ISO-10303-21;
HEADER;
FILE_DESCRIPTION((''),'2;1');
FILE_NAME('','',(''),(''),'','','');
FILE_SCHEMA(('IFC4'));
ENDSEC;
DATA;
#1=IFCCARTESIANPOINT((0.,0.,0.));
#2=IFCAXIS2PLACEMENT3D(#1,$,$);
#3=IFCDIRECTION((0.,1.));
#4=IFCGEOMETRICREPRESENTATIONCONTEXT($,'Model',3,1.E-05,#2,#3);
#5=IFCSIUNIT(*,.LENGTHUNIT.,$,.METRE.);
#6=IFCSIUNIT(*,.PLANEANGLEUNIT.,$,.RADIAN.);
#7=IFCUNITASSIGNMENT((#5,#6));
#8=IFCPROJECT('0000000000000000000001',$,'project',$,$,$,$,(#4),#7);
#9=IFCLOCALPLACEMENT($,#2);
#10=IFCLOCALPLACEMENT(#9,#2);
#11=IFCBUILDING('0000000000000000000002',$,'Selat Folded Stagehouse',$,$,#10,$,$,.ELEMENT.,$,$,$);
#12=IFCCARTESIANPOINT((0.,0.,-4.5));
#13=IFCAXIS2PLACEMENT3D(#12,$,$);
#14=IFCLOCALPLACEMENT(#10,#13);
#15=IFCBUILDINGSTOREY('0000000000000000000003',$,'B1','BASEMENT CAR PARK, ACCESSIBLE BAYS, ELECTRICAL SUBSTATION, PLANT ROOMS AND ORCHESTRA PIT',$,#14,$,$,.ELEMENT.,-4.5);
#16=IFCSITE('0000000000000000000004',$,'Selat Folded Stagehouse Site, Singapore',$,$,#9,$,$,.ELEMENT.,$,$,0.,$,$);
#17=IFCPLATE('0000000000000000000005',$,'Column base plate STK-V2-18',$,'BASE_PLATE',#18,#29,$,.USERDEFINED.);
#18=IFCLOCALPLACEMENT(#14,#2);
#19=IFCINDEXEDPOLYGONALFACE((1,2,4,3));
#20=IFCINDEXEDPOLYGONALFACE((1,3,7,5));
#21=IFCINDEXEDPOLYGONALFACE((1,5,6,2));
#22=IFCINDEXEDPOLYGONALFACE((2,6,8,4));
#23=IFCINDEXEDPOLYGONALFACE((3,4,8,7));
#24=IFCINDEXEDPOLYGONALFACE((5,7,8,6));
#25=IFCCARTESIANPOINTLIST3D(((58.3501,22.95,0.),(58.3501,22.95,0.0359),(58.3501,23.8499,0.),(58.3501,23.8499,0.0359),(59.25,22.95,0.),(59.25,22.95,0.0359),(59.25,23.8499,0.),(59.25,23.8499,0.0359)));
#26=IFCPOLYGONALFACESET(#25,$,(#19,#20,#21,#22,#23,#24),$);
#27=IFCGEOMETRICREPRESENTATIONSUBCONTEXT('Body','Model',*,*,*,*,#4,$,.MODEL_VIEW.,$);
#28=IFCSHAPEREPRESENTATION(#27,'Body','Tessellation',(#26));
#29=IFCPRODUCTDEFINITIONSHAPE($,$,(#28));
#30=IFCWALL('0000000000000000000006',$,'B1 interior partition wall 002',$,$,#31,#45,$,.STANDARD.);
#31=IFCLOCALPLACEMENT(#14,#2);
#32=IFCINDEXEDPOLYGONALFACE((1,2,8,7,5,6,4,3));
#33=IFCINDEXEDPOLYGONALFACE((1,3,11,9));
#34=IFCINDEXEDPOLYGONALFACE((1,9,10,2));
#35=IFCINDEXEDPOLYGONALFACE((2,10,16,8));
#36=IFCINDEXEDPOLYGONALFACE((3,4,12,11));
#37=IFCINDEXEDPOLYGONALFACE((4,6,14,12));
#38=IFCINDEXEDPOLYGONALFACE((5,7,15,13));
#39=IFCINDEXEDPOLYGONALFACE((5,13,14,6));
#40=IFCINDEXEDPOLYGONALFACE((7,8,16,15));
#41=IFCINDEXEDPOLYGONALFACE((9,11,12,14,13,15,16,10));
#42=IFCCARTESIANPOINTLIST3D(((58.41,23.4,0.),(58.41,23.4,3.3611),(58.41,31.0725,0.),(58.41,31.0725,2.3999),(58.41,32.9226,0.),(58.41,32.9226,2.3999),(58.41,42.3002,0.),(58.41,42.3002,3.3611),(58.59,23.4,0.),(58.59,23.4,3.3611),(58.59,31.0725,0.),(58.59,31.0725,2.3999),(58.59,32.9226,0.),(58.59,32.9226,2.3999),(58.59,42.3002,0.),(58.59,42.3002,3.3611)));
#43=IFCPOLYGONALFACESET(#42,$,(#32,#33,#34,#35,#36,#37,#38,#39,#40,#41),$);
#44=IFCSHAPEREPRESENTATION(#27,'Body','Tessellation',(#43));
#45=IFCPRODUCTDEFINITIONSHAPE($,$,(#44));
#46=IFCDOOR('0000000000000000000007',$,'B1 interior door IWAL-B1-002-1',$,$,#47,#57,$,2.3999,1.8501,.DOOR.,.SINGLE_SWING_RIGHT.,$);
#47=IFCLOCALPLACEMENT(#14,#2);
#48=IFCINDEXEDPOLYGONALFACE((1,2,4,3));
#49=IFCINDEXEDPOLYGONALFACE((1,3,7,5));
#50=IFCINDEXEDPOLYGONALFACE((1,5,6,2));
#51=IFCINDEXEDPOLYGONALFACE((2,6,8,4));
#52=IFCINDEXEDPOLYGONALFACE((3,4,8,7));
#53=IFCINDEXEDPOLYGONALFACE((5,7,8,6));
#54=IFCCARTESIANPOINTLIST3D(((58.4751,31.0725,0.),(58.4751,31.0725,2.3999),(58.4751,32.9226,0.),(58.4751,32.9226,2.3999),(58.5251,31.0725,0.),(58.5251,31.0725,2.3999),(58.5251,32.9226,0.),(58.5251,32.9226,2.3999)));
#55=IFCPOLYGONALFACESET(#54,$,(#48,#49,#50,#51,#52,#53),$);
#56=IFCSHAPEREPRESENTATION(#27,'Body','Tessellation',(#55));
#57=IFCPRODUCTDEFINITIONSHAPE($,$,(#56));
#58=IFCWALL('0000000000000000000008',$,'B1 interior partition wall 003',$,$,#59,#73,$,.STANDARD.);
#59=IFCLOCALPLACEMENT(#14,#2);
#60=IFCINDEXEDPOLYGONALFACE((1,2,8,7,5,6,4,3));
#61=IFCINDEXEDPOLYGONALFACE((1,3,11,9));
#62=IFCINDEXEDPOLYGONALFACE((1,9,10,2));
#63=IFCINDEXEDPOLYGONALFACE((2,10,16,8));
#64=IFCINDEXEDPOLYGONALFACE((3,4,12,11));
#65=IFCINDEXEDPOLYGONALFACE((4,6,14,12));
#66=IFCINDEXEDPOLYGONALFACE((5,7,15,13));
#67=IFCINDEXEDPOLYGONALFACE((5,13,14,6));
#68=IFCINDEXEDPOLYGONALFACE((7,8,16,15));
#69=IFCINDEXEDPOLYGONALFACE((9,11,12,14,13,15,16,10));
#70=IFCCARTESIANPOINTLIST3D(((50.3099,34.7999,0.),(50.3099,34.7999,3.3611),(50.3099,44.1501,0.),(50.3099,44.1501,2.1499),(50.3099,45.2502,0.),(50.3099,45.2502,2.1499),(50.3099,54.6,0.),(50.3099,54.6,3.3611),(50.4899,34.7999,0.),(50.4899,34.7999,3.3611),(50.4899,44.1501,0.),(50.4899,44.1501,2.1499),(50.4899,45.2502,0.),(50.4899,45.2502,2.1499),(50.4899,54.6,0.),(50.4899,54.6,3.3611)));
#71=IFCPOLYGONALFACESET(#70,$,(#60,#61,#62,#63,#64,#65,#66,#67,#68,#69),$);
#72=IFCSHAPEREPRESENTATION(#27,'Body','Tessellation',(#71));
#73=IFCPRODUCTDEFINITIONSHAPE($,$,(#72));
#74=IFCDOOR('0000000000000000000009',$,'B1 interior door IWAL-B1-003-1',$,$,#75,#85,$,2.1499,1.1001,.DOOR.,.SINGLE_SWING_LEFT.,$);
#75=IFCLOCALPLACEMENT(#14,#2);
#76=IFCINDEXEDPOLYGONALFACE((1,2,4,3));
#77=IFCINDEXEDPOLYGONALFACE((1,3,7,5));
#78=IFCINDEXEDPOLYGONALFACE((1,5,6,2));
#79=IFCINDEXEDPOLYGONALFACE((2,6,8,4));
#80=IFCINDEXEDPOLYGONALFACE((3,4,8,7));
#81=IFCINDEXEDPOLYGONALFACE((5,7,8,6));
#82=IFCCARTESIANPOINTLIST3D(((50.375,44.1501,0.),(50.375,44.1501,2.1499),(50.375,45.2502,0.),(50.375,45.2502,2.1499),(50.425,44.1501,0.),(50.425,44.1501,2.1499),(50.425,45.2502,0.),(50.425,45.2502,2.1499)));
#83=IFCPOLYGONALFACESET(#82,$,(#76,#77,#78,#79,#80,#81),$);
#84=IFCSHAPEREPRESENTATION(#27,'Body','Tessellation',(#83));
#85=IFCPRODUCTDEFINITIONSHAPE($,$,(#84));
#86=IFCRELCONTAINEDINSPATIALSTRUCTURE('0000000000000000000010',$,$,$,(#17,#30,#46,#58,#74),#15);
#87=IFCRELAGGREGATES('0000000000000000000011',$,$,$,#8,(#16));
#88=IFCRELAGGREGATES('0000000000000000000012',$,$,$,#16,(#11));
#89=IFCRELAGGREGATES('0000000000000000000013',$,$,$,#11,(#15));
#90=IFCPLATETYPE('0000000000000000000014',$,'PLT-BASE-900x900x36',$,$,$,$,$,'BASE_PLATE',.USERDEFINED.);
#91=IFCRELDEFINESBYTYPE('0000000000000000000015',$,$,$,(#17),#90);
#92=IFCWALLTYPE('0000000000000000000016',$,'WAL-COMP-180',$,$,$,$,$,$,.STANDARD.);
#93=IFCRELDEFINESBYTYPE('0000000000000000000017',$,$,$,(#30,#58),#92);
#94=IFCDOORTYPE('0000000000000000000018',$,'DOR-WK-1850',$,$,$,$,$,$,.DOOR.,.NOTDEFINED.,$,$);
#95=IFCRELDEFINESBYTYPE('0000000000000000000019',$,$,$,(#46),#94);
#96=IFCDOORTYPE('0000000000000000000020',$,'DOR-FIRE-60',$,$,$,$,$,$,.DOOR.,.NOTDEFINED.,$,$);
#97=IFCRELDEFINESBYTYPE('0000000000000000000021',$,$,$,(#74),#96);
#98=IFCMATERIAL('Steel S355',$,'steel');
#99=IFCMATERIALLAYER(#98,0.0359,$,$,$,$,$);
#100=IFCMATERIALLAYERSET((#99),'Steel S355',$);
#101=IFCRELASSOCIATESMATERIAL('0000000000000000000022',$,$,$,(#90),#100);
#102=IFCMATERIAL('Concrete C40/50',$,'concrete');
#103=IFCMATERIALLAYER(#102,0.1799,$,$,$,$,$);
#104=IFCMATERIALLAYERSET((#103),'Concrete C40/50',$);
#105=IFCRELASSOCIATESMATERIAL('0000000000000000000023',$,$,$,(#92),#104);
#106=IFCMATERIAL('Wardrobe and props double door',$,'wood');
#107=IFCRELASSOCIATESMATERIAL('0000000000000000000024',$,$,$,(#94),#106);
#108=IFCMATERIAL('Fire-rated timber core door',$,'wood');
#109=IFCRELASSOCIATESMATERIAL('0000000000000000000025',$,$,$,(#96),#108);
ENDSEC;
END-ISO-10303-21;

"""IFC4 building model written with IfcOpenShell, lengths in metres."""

from ifc_helpers import new_model, si_unit, direction, frame, frame_2d, origin, origin_2d, place, context, subcontext, project, spatial, rectangle, extrude, material, layer, layer_set, type_object, element, fill, save


model = new_model("IFC4")

# Units and contexts
model_context = context("Model", 3, precision=1e-05, world=origin(), true_north=direction((0.0, 1.0)))
body_context = subcontext(model_context, "Body", "Model", "MODEL_VIEW")
ifc_project = project(units=[si_unit("LENGTHUNIT", "METRE"), si_unit("PLANEANGLEUNIT", "RADIAN")], contexts=[model_context])

# Site, building, storey
site_placement = place(None, origin())
site = spatial("IfcSite", under=ifc_project, at=site_placement, Name="Selat Folded Stagehouse Site, Singapore", CompositionType="ELEMENT", RefElevation=0.0)
building_placement = place(site_placement, origin())
building = spatial("IfcBuilding", under=site, at=building_placement, Name="Selat Folded Stagehouse", CompositionType="ELEMENT")
storey_placement = place(building_placement, frame((0.0, 0.0, -4.5)))
storey = spatial("IfcBuildingStorey", under=building, at=storey_placement, Name="B1", Description="BASEMENT CAR PARK, ACCESSIBLE BAYS, ELECTRICAL SUBSTATION, PLANT ROOMS AND ORCHESTRA PIT", CompositionType="ELEMENT", Elevation=-4.5)

# Shared definitions
ifc_material_1 = material(Name="Concrete C40/50", Category="concrete")

# Shared definitions
ifc_material_2 = material(Name="Steel S355", Category="steel")

# Plate
ifc_layer_1 = layer(ifc_material_2, 0.0359)
ifc_layer_set_1 = layer_set([ifc_layer_1], Name="Steel S355")
plate_type = type_object("IfcPlateType", Name="PLT-BASE-900x900x36", ElementType="BASE_PLATE", PredefinedType="USERDEFINED", material=ifc_layer_set_1)
plate_placement = place(storey_placement, frame((58.8, 23.3999, 0.0), z_axis=(0.0, 0.0, 1.0), x_axis=(1.0, 0.0, 0.0)))
element("IfcPlate", 1, at=plate_placement, inside=storey, type_object=plate_type, Name="Column base plate STK-V2-18", ObjectType="BASE_PLATE", PredefinedType="USERDEFINED", context=body_context, shape_type="SweptSolid", body=[
    extrude(rectangle(XDim=0.8999, YDim=0.8999, at=origin_2d()), origin(), (0.0, 0.0, 1.0), 0.0359),
])

# Walls, openings, doors
ifc_layer_2 = layer(ifc_material_1, 0.1799)
ifc_layer_set_2 = layer_set([ifc_layer_2], Name="Concrete C40/50")
wall_type = type_object("IfcWallType", Name="WAL-COMP-180", PredefinedType="STANDARD", material=ifc_layer_set_2)
wall_1_placement = place(storey_placement, frame((58.5, 23.3999, 0.0), z_axis=(0.0, 0.0, 1.0), x_axis=(0.0, 1.0, 0.0)))
wall_1 = element("IfcWall", 2, at=wall_1_placement, inside=storey, type_object=wall_type, Name="B1 interior partition wall 002", PredefinedType="STANDARD", context=body_context, shape_type="SweptSolid", body=[
    extrude(rectangle(XDim=18.9001, YDim=0.1799, at=frame_2d((9.4502, 0.0))), origin(), (0.0, 0.0, 1.0), 3.3611),
])
opening_1_placement = place(wall_1_placement, frame((7.6726, 0.0, 0.0)))
opening_1 = element("IfcOpeningElement", 3, at=opening_1_placement, cuts=wall_1, PredefinedType="OPENING", context=body_context, shape_type="SweptSolid", body=[
    extrude(rectangle(XDim=1.8501, YDim=2.3999, at=frame_2d((0.925, 1.2))), frame((0.0, 0.0999, 0.0), z_axis=(0.0, -1.0, 0.0), x_axis=(1.0, 0.0, 0.0)), (0.0, 0.0, 1.0), 0.2),
])
ifc_material_3 = material(Name="Wardrobe and props double door", Category="wood")
door_type_1 = type_object("IfcDoorType", Name="DOR-WK-1850", OperationType="NOTDEFINED", PredefinedType="DOOR", material=ifc_material_3)
door_1_placement = place(opening_1_placement, origin())
door_1 = element("IfcDoor", 4, at=door_1_placement, inside=storey, type_object=door_type_1, Name="B1 interior door IWAL-B1-002-1", OperationType="SINGLE_SWING_RIGHT", OverallHeight=2.3999, OverallWidth=1.8501, PredefinedType="DOOR", context=body_context, shape_type="SweptSolid", body=[
    extrude(rectangle(XDim=1.8501, YDim=2.3999, at=frame_2d((0.925, 1.2))), frame((0.0, 0.0249, 0.0), z_axis=(0.0, -1.0, 0.0), x_axis=(1.0, 0.0, 0.0)), (0.0, 0.0, 1.0), 0.05),
])
fill(opening_1, door_1)
wall_2_placement = place(storey_placement, frame((50.3999, 34.8, 0.0), z_axis=(0.0, 0.0, 1.0), x_axis=(0.0, 1.0, 0.0)))
wall_2 = element("IfcWall", 5, at=wall_2_placement, inside=storey, type_object=wall_type, Name="B1 interior partition wall 003", PredefinedType="STANDARD", context=body_context, shape_type="SweptSolid", body=[
    extrude(rectangle(XDim=19.8, YDim=0.1799, at=frame_2d((9.8999, 0.0))), origin(), (0.0, 0.0, 1.0), 3.3611),
])
opening_2_placement = place(wall_2_placement, frame((9.3501, 0.0, 0.0)))
opening_2 = element("IfcOpeningElement", 6, at=opening_2_placement, cuts=wall_2, PredefinedType="OPENING", context=body_context, shape_type="SweptSolid", body=[
    extrude(rectangle(XDim=1.1001, YDim=2.1499, at=frame_2d((0.55, 1.075))), frame((0.0, 0.0999, 0.0), z_axis=(0.0, -1.0, 0.0), x_axis=(1.0, 0.0, 0.0)), (0.0, 0.0, 1.0), 0.2),
])
ifc_material_4 = material(Name="Fire-rated timber core door", Category="wood")
door_type_2 = type_object("IfcDoorType", Name="DOR-FIRE-60", OperationType="NOTDEFINED", PredefinedType="DOOR", material=ifc_material_4)
door_2_placement = place(opening_2_placement, origin())
door_2 = element("IfcDoor", 7, at=door_2_placement, inside=storey, type_object=door_type_2, Name="B1 interior door IWAL-B1-003-1", OperationType="SINGLE_SWING_LEFT", OverallHeight=2.1499, OverallWidth=1.1001, PredefinedType="DOOR", context=body_context, shape_type="SweptSolid", body=[
    extrude(rectangle(XDim=1.1001, YDim=2.1499, at=frame_2d((0.55, 1.075))), frame((0.0, 0.0249, 0.0), z_axis=(0.0, -1.0, 0.0), x_axis=(1.0, 0.0, 0.0)), (0.0, 0.0, 1.0), 0.05),
])
fill(opening_2, door_2)

save(model, "model.ifc")
